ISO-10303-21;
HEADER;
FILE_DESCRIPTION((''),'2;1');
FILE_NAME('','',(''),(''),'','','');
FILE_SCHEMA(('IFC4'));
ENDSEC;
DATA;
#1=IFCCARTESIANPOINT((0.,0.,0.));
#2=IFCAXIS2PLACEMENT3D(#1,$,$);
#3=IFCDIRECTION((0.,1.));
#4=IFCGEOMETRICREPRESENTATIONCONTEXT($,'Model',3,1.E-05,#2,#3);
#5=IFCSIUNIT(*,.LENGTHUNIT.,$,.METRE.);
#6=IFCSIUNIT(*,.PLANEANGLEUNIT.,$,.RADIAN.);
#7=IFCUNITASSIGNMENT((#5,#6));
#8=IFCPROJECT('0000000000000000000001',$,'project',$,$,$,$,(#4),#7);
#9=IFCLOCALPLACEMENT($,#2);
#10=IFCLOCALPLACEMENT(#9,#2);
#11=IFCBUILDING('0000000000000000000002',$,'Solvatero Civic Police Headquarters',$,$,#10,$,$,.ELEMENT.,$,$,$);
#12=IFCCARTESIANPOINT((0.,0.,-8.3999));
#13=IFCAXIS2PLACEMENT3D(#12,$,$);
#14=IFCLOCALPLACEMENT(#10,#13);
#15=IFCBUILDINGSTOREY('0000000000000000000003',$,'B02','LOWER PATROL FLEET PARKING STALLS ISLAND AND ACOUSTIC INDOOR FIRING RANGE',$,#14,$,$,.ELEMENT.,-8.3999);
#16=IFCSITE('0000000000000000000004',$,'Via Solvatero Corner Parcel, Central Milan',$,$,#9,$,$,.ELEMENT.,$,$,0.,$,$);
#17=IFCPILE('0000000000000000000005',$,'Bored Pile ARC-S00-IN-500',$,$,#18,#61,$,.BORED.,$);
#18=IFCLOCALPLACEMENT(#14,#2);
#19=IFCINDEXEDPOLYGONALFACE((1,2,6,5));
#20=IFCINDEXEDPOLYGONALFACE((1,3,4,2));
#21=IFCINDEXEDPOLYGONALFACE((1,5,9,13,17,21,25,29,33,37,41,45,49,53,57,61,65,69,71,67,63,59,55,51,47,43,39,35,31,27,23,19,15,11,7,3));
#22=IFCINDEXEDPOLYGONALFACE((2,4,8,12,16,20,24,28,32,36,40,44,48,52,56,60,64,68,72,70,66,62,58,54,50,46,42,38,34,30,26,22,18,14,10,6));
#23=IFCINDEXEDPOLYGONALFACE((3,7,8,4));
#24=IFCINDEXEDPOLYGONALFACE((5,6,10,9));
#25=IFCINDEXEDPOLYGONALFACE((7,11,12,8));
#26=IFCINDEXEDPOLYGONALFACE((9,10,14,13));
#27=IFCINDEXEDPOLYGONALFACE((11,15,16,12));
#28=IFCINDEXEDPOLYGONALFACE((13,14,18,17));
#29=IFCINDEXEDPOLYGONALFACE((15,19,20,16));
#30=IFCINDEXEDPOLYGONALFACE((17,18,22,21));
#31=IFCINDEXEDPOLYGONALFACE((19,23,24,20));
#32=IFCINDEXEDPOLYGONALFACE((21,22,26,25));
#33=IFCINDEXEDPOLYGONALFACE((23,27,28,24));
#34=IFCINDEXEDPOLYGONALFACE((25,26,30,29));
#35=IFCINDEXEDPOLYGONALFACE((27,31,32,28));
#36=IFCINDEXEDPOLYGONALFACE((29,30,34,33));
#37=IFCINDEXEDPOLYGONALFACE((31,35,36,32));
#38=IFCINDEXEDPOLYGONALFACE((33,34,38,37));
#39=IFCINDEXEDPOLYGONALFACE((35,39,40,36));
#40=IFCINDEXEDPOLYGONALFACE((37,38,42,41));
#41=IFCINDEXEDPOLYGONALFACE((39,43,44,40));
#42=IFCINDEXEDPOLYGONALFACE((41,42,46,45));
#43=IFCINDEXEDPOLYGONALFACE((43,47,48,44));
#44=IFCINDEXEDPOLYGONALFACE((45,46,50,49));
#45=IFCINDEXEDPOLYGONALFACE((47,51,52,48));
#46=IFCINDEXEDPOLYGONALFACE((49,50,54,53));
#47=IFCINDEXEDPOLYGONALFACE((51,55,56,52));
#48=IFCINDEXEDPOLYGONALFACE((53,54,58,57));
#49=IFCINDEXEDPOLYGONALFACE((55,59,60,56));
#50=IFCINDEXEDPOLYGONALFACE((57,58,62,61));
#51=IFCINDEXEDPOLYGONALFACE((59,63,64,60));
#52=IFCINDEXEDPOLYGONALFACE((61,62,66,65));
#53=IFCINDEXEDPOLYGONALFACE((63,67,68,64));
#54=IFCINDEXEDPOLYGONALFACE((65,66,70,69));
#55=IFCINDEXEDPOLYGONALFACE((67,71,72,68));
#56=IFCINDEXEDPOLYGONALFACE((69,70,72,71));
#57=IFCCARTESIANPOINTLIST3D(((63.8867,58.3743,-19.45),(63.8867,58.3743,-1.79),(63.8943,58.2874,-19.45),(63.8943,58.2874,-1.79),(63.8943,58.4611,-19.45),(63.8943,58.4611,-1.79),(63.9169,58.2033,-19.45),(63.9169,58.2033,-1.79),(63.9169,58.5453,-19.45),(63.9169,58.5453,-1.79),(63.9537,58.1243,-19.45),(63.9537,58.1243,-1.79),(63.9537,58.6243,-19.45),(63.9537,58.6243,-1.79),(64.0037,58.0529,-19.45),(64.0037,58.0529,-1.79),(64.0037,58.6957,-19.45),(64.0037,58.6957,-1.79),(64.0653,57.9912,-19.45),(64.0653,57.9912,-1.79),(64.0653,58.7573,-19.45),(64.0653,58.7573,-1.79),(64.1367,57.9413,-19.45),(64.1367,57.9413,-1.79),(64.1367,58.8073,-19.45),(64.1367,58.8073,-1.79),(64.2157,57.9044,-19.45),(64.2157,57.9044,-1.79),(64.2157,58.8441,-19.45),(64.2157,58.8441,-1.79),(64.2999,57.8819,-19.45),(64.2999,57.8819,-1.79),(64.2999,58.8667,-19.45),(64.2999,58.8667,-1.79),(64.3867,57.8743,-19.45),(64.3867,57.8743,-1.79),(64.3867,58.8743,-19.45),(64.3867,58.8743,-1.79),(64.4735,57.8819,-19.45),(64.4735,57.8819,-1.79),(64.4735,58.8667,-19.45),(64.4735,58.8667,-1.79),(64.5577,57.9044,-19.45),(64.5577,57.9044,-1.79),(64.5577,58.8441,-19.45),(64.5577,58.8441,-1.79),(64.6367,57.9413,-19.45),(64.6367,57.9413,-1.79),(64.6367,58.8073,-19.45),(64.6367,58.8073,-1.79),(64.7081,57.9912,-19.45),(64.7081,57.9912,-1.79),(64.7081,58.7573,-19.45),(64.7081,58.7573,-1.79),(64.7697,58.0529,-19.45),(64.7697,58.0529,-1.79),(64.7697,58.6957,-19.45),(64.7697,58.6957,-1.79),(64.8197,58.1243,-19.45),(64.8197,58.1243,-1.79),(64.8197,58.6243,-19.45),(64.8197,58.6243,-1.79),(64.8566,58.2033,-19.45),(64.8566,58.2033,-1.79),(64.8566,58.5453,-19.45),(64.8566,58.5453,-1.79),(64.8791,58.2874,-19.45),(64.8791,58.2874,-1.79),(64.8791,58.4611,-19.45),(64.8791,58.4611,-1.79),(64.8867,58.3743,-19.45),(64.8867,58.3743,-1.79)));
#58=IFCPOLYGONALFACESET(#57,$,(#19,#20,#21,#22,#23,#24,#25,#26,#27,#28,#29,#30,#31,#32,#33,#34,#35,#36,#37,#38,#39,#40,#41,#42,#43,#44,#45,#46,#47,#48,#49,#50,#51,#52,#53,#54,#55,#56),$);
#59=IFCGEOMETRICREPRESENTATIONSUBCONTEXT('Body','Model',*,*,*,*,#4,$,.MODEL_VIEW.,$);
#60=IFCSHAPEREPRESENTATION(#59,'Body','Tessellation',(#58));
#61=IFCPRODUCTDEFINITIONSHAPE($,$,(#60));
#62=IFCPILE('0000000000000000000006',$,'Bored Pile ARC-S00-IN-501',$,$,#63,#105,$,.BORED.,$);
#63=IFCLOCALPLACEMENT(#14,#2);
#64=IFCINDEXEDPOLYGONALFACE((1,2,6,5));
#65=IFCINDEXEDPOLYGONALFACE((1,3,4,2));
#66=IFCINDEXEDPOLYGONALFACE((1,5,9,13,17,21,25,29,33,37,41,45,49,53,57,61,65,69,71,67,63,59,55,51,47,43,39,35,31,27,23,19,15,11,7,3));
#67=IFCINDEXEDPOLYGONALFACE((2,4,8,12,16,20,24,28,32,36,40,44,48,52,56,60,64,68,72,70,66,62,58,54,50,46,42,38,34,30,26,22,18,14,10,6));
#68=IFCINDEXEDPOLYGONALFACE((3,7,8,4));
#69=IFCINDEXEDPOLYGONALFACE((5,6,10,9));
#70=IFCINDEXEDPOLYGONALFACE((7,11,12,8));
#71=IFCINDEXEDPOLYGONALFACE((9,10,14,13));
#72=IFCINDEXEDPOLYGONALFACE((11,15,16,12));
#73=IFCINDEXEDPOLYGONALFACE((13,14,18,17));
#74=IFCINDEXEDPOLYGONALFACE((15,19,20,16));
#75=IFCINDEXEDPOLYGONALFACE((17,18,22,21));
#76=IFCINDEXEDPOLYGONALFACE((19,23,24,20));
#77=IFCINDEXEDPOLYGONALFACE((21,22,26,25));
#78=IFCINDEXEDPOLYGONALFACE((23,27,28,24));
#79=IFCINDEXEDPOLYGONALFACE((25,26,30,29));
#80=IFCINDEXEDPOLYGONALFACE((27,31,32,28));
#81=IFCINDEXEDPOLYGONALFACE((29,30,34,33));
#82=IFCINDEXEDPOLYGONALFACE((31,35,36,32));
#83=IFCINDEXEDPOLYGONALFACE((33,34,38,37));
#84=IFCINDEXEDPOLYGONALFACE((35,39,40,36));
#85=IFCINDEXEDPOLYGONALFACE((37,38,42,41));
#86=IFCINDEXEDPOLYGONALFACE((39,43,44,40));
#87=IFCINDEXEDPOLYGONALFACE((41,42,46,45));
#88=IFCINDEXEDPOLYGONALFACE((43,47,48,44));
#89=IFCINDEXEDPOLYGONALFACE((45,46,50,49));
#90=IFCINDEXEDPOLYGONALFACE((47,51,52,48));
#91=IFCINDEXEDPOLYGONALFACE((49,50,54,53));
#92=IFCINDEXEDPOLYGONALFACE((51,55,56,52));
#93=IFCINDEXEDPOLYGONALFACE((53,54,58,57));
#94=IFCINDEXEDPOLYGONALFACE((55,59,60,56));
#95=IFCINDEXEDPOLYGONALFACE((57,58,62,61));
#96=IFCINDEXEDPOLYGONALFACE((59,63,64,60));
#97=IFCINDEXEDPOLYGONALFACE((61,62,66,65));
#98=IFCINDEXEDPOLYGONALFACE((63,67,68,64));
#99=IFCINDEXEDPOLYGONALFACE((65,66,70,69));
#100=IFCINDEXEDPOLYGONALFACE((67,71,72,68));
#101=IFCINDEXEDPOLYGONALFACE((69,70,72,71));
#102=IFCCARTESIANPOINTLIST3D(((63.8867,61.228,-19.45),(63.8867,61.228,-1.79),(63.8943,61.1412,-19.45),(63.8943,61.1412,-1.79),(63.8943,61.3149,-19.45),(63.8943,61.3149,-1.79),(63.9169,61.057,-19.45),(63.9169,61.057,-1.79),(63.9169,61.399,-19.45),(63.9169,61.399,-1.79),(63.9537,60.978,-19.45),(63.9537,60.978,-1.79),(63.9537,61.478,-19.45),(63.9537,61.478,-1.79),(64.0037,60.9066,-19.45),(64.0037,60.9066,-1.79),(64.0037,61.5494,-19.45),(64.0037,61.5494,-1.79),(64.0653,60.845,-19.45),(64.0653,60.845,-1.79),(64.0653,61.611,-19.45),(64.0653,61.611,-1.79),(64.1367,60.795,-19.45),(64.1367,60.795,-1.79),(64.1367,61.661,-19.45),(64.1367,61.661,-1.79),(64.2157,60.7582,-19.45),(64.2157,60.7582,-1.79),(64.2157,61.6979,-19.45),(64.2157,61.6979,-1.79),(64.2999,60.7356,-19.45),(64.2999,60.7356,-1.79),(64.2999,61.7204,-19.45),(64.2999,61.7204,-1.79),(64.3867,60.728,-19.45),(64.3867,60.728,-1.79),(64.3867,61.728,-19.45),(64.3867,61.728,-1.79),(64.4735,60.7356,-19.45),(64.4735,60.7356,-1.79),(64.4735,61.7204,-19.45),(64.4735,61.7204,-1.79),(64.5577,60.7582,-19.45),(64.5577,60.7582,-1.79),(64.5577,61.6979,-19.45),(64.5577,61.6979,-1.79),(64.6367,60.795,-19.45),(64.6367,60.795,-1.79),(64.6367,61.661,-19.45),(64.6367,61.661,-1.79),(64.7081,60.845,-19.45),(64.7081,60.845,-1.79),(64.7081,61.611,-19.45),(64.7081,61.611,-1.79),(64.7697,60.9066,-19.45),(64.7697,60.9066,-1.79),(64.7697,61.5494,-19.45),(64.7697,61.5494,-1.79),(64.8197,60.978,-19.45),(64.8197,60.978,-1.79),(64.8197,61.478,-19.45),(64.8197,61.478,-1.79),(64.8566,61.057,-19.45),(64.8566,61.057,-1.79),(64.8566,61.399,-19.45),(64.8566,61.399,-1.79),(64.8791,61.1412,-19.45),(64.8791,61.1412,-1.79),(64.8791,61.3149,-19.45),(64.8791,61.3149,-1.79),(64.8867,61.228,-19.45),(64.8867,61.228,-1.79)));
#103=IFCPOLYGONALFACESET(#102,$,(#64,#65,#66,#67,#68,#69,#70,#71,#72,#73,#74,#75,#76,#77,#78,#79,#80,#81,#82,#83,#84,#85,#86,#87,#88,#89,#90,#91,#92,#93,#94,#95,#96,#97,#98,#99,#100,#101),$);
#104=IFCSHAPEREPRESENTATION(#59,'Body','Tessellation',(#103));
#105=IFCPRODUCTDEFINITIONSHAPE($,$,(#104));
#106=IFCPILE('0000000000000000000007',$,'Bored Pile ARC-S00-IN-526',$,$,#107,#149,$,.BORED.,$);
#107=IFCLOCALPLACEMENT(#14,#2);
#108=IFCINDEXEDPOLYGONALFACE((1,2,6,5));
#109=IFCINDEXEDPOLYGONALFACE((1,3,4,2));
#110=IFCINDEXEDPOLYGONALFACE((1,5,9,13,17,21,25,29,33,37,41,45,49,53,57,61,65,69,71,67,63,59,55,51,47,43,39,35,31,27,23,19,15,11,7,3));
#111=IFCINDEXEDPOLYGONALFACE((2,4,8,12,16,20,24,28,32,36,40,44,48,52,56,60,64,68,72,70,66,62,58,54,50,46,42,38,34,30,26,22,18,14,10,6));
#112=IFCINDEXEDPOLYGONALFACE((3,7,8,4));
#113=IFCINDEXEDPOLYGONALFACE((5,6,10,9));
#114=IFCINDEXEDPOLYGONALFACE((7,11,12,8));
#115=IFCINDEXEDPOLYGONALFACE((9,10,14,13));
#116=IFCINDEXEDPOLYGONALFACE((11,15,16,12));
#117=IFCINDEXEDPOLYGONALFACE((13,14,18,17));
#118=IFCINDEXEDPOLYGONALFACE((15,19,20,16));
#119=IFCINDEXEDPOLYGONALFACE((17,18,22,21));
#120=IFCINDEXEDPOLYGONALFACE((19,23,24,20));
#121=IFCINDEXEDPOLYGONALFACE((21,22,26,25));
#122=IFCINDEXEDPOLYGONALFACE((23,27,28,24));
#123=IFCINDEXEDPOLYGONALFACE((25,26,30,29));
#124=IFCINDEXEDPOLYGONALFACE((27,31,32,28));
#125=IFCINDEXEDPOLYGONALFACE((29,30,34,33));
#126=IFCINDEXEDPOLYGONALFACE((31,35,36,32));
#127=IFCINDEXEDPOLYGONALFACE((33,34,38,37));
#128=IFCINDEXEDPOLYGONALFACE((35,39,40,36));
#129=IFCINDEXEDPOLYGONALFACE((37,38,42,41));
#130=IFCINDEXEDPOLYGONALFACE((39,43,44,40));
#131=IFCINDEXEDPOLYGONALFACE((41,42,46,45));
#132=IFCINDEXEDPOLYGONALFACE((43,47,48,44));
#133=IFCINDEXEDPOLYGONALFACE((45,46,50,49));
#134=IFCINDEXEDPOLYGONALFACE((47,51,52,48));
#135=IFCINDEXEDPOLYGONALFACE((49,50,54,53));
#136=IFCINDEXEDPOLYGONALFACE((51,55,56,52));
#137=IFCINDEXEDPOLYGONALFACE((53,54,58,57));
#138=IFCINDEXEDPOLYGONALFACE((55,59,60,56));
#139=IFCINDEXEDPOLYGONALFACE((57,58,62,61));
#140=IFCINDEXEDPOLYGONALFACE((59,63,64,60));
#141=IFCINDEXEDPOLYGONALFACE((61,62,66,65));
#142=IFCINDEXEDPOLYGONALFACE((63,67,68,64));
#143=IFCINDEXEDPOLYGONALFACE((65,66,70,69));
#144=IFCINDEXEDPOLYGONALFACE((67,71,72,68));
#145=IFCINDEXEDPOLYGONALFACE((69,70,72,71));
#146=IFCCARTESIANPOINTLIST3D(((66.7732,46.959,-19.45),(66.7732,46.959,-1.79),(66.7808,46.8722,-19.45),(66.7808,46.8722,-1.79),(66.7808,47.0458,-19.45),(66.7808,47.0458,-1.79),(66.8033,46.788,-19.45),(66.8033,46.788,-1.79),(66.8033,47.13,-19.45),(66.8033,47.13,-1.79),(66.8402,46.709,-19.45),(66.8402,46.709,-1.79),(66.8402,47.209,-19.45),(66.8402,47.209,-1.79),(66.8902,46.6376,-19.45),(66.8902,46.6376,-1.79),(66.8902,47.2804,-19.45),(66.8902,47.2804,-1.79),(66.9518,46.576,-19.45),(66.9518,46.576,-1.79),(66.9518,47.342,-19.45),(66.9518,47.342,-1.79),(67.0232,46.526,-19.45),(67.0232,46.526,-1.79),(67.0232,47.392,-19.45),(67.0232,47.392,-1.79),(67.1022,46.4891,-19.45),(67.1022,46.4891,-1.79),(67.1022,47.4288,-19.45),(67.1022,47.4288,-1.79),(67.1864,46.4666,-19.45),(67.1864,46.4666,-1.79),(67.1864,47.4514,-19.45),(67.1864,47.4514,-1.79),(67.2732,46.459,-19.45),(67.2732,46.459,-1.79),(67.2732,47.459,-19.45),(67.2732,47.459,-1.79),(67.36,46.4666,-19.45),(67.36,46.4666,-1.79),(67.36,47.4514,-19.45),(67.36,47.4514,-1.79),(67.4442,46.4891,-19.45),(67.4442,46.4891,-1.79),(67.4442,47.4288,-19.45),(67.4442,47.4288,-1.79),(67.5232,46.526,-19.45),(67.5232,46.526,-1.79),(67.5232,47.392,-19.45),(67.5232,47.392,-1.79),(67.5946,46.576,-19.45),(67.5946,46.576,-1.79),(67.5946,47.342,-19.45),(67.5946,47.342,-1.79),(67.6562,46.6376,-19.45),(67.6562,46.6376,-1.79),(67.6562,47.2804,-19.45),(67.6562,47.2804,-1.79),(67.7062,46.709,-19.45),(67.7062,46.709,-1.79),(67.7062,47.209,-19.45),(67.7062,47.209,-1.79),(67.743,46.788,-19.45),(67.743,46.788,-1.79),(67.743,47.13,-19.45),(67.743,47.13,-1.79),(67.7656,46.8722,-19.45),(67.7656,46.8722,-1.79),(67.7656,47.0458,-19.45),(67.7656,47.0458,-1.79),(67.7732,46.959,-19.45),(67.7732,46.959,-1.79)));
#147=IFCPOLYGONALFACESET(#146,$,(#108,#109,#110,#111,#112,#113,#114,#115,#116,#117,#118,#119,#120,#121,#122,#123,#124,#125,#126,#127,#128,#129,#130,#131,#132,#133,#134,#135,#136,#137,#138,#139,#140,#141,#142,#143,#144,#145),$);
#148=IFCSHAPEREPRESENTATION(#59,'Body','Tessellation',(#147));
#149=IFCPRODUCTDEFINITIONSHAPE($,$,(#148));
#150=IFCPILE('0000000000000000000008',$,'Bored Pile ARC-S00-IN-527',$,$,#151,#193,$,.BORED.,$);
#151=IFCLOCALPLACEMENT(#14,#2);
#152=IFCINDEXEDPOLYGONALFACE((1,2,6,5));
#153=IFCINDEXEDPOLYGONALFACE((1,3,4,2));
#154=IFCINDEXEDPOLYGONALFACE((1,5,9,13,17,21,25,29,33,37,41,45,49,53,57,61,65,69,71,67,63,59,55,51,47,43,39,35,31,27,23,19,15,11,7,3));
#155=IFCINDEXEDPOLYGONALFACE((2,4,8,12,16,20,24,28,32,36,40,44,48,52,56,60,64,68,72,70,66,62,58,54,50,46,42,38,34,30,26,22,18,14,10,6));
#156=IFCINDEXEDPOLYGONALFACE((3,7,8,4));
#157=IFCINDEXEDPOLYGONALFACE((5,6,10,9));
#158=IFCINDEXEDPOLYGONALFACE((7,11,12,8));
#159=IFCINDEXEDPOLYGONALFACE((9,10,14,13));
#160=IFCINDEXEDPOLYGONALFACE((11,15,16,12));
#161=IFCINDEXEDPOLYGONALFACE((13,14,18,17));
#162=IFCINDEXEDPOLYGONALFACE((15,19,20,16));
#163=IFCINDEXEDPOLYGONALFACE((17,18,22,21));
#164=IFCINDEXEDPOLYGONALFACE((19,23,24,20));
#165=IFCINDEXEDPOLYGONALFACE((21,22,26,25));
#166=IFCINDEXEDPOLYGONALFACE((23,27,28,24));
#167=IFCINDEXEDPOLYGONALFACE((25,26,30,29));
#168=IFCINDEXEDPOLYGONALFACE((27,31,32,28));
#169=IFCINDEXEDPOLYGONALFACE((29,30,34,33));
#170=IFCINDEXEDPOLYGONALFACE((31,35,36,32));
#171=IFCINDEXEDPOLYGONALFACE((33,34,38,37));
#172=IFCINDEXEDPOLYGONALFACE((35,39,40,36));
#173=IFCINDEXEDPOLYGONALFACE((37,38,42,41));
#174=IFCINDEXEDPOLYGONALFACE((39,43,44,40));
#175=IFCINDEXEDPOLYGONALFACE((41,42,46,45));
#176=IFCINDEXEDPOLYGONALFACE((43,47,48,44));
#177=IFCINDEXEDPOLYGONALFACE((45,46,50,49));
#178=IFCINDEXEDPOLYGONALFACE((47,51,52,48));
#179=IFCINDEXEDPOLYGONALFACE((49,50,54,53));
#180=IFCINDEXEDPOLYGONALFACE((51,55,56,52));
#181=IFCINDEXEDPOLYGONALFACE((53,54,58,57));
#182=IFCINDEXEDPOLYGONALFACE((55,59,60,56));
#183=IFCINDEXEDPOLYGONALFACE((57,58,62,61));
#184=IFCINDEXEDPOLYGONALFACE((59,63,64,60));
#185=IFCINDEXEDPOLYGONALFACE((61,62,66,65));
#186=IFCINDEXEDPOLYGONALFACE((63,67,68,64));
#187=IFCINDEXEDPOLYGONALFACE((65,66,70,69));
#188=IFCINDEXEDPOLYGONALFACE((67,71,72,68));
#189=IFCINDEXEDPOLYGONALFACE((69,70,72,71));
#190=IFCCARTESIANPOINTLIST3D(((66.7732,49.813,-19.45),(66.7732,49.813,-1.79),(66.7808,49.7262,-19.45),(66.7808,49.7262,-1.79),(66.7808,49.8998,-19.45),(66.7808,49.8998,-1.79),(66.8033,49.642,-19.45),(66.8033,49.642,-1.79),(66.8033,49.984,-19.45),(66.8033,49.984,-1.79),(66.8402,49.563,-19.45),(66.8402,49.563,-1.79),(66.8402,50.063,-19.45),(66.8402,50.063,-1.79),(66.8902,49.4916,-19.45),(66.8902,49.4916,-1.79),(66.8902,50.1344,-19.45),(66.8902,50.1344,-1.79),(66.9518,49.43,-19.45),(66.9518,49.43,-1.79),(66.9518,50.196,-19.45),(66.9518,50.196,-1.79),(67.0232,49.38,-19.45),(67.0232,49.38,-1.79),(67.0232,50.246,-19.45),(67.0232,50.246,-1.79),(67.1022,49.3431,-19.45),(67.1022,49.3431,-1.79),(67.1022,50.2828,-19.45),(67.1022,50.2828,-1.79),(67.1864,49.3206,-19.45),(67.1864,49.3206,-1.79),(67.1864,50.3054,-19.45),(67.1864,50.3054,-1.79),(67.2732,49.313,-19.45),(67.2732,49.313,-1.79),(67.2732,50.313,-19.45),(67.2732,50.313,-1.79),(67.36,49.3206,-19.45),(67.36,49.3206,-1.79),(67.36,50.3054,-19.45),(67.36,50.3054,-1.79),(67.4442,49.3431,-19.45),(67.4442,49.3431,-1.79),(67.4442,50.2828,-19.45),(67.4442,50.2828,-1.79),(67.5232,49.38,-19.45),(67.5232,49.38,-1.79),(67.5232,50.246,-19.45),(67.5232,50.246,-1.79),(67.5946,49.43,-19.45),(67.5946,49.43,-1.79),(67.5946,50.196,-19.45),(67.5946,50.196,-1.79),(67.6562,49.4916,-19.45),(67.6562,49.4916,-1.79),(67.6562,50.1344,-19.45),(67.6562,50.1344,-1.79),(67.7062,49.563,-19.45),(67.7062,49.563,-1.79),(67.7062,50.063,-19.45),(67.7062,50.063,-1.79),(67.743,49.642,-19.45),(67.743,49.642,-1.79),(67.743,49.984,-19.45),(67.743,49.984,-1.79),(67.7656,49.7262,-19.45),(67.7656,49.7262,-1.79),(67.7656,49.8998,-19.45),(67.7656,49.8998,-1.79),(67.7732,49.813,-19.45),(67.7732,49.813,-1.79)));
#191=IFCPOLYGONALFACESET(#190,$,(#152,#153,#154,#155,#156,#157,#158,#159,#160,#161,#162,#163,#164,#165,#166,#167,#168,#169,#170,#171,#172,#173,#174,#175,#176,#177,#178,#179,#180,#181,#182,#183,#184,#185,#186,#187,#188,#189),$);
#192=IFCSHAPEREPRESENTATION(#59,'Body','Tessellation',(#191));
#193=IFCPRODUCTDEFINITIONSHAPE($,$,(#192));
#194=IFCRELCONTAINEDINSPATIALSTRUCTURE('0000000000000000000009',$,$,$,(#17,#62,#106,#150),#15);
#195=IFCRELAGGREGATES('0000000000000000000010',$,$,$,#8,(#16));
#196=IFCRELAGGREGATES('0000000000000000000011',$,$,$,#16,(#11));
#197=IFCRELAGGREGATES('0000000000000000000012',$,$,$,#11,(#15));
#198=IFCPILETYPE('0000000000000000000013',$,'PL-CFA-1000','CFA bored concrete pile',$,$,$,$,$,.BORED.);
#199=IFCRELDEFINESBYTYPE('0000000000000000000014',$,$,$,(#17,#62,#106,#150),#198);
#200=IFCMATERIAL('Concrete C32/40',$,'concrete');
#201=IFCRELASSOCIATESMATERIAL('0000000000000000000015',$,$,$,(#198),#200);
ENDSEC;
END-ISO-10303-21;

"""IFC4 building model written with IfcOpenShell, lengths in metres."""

from ifc_helpers import new_model, si_unit, direction, frame, origin, origin_2d, place, context, subcontext, project, spatial, circle, extrude, material, material_profile, profile_set, type_object, element, save


model = new_model("IFC4")

# Units and contexts
model_context = context("Model", 3, precision=1e-05, world=origin(), true_north=direction((0.0, 1.0)))
body_context = subcontext(model_context, "Body", "Model", "MODEL_VIEW")
ifc_project = project(units=[si_unit("LENGTHUNIT", "METRE"), si_unit("PLANEANGLEUNIT", "RADIAN")], contexts=[model_context])

# Site, building, storey
site_placement = place(None, origin())
site = spatial("IfcSite", under=ifc_project, at=site_placement, Name="Via Solvatero Corner Parcel, Central Milan", CompositionType="ELEMENT", RefElevation=0.0)
building_placement = place(site_placement, origin())
building = spatial("IfcBuilding", under=site, at=building_placement, Name="Solvatero Civic Police Headquarters", CompositionType="ELEMENT")
storey_placement = place(building_placement, frame((0.0, 0.0, -8.3999)))
storey = spatial("IfcBuildingStorey", under=building, at=storey_placement, Name="B02", Description="LOWER PATROL FLEET PARKING STALLS ISLAND AND ACOUSTIC INDOOR FIRING RANGE", CompositionType="ELEMENT", Elevation=-8.3999)

# Piles
ifc_material_1 = material(Name="Concrete C32/40", Category="concrete")
ifc_material_profile_1 = material_profile(ifc_material_1, circle(Radius=0.5, at=origin_2d()), Name="CFA PILE D1000")
ifc_profile_set_1 = profile_set([ifc_material_profile_1], Name="Concrete C32/40")
pile_type = type_object("IfcPileType", Name="PL-CFA-1000", Description="CFA bored concrete pile", PredefinedType="BORED", material=ifc_profile_set_1)
for number, where, z_axis, x_axis, name in (
    (1, (64.3867, 58.3743, -1.79), (0.0, 0.0, -1.0), (1.0, 0.0, 0.0), "Bored Pile ARC-S00-IN-500"),
    (2, (64.3867, 61.228, -1.79), (0.0, 0.0, -1.0), (1.0, 0.0, 0.0), "Bored Pile ARC-S00-IN-501"),
    (3, (67.2732, 46.959, -1.79), (0.0, 0.0, -1.0), (1.0, 0.0, 0.0), "Bored Pile ARC-S00-IN-526"),
    (4, (67.2732, 49.813, -1.79), (0.0, 0.0, -1.0), (1.0, 0.0, 0.0), "Bored Pile ARC-S00-IN-527"),
):
    element("IfcPile", number, at=place(storey_placement, frame(where, z_axis=z_axis, x_axis=x_axis)), inside=storey, type_object=pile_type, Name=name, PredefinedType="BORED", context=body_context, shape_type="SweptSolid", body=[
        extrude(circle(Radius=0.5, at=origin_2d()), origin(), (0.0, 0.0, 1.0), 17.6599),
    ])

save(model, "model.ifc")
